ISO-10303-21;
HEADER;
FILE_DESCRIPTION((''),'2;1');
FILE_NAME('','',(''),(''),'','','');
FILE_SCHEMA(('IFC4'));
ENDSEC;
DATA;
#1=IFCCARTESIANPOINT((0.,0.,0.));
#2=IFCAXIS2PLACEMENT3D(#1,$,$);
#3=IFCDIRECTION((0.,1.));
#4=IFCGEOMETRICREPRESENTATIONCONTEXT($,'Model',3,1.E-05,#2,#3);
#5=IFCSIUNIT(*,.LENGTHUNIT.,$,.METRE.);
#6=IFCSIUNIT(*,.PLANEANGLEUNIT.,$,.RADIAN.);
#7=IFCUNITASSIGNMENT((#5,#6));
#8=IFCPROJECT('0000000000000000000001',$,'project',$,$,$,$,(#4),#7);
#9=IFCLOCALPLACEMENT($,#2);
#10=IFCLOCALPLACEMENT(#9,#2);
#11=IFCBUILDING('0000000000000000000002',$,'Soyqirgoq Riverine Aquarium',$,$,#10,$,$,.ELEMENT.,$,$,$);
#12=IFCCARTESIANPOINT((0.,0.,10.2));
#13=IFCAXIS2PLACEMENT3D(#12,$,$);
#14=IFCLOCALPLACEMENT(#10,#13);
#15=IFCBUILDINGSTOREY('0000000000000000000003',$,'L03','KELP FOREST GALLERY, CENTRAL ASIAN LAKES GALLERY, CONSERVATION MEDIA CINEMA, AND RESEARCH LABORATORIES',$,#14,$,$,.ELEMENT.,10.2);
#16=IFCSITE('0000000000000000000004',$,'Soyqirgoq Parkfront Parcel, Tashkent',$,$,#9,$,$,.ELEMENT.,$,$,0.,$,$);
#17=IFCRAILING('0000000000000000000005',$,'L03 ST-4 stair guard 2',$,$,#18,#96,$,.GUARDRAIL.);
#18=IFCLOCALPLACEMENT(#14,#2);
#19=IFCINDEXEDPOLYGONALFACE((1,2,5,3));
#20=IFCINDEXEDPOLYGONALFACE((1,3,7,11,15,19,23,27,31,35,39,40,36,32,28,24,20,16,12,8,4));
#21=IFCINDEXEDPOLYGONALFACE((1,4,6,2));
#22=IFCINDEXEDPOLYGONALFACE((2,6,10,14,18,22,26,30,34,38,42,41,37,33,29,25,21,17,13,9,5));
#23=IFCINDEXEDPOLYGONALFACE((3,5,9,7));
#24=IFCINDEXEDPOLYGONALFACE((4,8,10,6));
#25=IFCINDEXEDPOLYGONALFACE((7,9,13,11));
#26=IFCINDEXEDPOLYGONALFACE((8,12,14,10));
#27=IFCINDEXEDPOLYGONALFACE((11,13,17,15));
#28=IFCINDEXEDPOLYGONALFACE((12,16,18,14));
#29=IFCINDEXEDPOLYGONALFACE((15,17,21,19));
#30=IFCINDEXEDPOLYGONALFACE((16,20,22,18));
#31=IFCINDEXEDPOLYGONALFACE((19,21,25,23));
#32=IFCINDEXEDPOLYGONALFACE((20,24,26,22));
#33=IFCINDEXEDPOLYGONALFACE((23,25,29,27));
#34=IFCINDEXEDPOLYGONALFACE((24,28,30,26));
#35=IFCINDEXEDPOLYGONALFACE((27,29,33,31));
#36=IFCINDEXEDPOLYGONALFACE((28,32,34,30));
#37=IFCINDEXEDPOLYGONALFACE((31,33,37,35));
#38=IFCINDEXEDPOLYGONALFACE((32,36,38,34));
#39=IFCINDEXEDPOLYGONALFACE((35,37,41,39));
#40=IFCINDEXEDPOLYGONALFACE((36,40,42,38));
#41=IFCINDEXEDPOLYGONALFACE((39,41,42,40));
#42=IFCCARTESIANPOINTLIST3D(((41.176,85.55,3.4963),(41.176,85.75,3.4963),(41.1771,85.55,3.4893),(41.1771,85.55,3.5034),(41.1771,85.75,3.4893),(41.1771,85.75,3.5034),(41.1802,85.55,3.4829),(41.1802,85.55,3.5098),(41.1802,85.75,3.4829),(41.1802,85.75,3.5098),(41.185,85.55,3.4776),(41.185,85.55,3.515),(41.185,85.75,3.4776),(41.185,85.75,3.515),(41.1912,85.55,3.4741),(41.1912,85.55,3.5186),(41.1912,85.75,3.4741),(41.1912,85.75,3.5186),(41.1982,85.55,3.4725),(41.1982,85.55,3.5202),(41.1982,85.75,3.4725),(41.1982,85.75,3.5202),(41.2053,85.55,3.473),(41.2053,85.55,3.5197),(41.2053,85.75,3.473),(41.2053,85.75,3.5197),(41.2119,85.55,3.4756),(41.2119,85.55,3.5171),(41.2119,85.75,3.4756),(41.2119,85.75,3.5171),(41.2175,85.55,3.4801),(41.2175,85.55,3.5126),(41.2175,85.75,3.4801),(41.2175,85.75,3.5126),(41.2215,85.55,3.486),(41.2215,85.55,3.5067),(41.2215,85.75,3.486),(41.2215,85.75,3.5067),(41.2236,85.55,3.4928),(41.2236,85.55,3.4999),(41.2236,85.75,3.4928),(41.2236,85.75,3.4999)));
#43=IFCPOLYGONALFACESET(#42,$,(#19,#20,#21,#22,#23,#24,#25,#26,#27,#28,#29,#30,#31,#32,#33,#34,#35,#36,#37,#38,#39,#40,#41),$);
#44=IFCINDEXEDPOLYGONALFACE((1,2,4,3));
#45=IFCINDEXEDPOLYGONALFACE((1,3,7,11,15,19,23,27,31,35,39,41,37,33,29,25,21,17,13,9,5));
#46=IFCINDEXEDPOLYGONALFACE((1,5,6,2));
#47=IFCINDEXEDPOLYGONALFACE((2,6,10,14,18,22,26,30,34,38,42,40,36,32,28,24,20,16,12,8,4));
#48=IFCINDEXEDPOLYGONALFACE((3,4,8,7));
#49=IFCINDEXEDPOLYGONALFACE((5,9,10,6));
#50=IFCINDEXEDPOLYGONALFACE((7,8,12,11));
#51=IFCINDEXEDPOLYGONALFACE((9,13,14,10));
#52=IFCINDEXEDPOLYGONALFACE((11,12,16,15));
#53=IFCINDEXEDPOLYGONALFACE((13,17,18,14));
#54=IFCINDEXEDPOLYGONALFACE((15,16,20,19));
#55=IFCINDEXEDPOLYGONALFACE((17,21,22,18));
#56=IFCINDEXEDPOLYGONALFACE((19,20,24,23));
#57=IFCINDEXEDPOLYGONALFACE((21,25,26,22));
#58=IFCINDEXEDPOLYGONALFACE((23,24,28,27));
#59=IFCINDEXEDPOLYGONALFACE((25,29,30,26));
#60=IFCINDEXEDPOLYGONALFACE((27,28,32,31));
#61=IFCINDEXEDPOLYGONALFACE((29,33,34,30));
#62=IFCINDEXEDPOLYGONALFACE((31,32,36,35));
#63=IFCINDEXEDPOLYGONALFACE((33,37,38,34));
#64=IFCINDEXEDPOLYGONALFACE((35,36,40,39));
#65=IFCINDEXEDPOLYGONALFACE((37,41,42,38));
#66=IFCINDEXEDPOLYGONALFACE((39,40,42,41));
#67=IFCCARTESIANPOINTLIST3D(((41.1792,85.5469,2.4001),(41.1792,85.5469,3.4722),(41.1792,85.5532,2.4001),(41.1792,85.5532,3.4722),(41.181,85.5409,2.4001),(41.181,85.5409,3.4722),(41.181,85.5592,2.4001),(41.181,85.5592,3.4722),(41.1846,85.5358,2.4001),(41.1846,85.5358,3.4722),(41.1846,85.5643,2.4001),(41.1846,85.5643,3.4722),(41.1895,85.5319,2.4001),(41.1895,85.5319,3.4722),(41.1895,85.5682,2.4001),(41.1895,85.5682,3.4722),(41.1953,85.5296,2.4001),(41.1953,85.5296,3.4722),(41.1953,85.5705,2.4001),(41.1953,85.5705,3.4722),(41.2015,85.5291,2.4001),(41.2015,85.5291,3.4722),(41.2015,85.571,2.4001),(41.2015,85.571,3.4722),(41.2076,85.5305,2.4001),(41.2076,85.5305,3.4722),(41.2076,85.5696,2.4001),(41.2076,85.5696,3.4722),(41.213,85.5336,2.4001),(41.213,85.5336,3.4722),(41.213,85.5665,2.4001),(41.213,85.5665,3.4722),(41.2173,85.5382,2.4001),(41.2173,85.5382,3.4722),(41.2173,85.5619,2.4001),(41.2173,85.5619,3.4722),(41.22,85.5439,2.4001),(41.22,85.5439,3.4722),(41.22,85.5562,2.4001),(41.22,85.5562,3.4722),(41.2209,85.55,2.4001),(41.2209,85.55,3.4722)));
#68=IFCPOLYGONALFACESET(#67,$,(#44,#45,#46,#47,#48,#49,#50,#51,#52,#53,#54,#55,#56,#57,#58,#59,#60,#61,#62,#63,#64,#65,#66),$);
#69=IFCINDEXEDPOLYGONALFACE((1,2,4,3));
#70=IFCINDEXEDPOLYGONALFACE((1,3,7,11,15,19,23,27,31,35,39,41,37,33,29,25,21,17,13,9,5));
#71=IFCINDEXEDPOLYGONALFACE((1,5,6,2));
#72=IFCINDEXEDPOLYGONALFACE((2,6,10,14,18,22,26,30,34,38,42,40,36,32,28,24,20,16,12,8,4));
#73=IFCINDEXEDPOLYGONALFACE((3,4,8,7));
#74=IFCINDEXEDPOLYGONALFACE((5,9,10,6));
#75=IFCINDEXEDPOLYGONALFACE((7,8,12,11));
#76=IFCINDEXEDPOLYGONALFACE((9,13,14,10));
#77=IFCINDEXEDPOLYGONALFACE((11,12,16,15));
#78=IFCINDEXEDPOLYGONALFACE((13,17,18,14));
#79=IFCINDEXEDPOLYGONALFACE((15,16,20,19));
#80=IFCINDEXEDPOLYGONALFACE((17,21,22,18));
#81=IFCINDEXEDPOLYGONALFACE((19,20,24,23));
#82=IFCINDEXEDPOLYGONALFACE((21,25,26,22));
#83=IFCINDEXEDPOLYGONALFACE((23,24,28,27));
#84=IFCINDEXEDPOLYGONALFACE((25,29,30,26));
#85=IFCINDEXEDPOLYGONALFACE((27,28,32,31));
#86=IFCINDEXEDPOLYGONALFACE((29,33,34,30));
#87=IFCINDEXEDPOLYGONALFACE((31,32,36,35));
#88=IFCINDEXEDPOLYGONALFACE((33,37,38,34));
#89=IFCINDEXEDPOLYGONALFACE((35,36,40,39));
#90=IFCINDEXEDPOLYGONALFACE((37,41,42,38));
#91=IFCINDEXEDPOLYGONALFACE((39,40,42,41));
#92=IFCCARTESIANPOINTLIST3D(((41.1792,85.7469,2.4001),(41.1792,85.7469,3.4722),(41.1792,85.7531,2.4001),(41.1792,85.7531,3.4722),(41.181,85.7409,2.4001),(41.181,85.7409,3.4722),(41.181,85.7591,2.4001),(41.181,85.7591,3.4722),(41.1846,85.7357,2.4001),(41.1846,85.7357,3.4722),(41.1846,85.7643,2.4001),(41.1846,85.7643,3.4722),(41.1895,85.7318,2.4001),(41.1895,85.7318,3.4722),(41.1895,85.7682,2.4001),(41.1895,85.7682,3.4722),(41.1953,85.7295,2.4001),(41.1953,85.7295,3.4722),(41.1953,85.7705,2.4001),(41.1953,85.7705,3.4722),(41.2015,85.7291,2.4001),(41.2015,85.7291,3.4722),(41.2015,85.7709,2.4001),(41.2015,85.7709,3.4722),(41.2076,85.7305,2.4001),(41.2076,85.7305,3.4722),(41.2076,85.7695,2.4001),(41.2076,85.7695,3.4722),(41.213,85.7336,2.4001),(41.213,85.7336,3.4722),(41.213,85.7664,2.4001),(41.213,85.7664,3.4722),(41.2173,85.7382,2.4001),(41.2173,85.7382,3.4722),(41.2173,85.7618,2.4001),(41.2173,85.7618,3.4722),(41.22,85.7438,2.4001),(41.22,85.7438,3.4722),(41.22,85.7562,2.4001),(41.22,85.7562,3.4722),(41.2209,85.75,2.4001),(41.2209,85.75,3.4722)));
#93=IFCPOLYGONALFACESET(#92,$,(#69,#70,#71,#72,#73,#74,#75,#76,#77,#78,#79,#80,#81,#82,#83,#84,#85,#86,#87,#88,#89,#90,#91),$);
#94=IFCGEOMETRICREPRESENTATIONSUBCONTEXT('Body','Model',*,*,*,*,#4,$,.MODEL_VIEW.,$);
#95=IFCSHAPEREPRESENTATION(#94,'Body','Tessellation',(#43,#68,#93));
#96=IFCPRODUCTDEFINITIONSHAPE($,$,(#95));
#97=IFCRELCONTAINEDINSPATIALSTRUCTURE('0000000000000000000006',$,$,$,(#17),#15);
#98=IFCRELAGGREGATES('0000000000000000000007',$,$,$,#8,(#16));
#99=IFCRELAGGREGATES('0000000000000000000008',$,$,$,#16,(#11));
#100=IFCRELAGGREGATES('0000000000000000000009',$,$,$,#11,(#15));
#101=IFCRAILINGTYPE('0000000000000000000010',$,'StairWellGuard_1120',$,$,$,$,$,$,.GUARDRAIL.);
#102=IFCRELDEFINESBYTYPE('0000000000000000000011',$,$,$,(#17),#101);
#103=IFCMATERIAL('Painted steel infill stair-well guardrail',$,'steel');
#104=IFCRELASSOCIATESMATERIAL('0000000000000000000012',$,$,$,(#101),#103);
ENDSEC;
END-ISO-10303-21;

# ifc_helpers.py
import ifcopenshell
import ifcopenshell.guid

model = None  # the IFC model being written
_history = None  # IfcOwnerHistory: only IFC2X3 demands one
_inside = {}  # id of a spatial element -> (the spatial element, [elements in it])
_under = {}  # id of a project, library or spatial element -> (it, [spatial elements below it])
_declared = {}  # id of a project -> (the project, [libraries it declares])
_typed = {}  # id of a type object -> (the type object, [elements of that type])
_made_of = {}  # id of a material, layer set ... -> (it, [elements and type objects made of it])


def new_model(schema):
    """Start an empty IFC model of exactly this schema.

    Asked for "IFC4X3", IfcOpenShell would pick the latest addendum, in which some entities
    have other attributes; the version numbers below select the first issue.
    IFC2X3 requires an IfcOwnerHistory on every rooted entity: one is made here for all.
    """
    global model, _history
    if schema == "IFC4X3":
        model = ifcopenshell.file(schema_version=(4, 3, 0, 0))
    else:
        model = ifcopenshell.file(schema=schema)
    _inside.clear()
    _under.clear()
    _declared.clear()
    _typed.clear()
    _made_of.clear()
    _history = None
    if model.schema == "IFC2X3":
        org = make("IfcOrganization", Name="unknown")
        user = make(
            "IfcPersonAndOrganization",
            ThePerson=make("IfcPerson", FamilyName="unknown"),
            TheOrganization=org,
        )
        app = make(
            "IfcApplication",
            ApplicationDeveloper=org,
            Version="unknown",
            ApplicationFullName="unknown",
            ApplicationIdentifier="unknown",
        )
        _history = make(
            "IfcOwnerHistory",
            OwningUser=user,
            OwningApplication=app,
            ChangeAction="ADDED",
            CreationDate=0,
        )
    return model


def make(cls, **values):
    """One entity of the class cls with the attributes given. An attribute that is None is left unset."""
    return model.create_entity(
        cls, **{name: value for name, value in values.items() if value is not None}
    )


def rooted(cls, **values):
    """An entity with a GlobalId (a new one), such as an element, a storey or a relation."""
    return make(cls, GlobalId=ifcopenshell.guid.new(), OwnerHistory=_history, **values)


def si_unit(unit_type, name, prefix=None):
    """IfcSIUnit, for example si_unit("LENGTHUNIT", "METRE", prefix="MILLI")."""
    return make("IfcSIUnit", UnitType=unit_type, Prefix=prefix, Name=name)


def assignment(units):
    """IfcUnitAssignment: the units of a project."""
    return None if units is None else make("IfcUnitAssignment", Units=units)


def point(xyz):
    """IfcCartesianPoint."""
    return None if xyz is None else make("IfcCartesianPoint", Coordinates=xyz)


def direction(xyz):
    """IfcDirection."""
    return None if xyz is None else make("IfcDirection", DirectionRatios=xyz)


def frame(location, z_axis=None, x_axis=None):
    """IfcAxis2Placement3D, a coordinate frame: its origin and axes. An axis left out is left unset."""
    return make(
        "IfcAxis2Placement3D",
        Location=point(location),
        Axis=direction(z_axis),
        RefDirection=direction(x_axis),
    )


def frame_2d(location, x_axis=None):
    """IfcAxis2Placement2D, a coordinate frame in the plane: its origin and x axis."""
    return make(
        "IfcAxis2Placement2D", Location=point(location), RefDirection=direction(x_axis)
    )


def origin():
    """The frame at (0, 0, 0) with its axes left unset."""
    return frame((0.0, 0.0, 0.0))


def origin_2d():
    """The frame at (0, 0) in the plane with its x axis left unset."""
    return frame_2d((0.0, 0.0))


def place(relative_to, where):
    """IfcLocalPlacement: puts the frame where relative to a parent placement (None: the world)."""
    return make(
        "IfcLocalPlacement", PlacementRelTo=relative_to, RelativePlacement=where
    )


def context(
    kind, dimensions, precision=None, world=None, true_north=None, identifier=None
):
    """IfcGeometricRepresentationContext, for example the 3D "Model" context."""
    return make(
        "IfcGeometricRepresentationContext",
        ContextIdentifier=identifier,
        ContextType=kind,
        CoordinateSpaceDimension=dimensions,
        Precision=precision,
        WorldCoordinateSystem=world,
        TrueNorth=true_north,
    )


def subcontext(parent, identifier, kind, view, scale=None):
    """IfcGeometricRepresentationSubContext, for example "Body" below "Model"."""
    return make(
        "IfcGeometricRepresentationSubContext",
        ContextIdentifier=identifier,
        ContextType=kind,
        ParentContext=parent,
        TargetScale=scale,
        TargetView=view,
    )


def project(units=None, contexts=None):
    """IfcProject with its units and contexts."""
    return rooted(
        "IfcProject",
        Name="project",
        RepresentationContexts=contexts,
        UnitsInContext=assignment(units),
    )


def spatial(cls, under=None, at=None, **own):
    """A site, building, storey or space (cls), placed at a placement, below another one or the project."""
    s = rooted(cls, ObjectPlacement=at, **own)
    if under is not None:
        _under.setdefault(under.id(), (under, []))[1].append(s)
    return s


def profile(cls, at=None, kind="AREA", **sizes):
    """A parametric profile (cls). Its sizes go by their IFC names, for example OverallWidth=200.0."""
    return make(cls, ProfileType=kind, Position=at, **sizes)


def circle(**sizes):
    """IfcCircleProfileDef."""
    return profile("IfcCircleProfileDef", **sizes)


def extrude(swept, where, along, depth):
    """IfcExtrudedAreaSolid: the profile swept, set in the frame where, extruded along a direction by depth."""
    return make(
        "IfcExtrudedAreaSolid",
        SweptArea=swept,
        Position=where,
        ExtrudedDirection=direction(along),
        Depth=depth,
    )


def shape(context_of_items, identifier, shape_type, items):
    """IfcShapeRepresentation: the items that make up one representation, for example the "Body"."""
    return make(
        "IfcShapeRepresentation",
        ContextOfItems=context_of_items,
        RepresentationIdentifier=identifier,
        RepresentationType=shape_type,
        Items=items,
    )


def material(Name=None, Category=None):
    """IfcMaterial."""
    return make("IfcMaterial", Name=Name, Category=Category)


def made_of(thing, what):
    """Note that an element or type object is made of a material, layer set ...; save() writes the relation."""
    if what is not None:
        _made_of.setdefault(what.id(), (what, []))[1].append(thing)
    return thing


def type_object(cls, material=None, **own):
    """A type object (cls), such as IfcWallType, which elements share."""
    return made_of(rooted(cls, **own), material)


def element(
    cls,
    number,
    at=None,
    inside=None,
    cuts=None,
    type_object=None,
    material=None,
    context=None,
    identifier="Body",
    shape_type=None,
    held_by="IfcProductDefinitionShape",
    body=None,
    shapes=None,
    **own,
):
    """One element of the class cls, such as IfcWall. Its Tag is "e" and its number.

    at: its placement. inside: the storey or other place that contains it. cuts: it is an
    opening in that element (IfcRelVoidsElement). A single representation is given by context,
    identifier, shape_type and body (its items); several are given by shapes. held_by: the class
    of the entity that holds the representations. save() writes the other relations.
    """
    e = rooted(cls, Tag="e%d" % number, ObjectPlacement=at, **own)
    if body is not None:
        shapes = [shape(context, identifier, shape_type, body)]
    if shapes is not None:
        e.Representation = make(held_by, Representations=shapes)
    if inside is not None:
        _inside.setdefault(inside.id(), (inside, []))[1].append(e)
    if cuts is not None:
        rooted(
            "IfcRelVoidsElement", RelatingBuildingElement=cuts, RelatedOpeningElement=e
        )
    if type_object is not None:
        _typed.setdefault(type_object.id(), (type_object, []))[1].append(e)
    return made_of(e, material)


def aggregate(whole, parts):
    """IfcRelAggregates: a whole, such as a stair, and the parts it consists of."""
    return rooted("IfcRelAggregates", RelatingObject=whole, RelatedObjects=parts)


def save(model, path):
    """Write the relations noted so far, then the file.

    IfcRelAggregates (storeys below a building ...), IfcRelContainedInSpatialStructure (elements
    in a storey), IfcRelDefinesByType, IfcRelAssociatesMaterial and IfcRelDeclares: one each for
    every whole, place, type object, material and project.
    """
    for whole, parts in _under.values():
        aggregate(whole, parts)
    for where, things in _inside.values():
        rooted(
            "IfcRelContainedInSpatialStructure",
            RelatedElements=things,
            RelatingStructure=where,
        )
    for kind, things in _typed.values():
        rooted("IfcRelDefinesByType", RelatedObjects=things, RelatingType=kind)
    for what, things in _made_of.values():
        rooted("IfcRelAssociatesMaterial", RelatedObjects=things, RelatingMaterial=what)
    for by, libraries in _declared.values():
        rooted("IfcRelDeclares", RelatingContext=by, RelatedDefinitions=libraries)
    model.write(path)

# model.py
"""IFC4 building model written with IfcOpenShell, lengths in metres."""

from ifc_helpers import new_model, si_unit, direction, frame, origin, origin_2d, place, context, subcontext, project, spatial, circle, extrude, material, type_object, element, save


model = new_model("IFC4")

# Units and contexts
model_context = context("Model", 3, precision=1e-05, world=origin(), true_north=direction((0.0, 1.0)))
body_context = subcontext(model_context, "Body", "Model", "MODEL_VIEW")
ifc_project = project(units=[si_unit("LENGTHUNIT", "METRE"), si_unit("PLANEANGLEUNIT", "RADIAN")], contexts=[model_context])

# Site, building, storey
site_placement = place(None, origin())
site = spatial("IfcSite", under=ifc_project, at=site_placement, Name="Soyqirgoq Parkfront Parcel, Tashkent", CompositionType="ELEMENT", RefElevation=0.0)
building_placement = place(site_placement, origin())
building = spatial("IfcBuilding", under=site, at=building_placement, Name="Soyqirgoq Riverine Aquarium", CompositionType="ELEMENT")
storey_placement = place(building_placement, frame((0.0, 0.0, 10.2)))
storey = spatial("IfcBuildingStorey", under=building, at=storey_placement, Name="L03", Description="KELP FOREST GALLERY, CENTRAL ASIAN LAKES GALLERY, CONSERVATION MEDIA CINEMA, AND RESEARCH LABORATORIES", CompositionType="ELEMENT", Elevation=10.2)

# Railing
ifc_material_1 = material(Name="Painted steel infill stair-well guardrail", Category="steel")
railing_type_1 = type_object("IfcRailingType", Name="StairWellGuard_1120", PredefinedType="GUARDRAIL", material=ifc_material_1)
railing_1_placement = place(storey_placement, frame((41.2, 85.55, 2.4001)))
element("IfcRailing", 1, at=railing_1_placement, inside=storey, type_object=railing_type_1, Name="L03 ST-4 stair guard 2", PredefinedType="GUARDRAIL", context=body_context, shape_type="SweptSolid", body=[
    extrude(circle(Radius=0.0239, at=origin_2d()), frame((0.0, 0.0, 1.0962), z_axis=(0.0, 1.0, 0.0), x_axis=(-1.0, 0.0, 0.0)), (0.0, 0.0, 1.0), 0.2),
    extrude(circle(Radius=0.021, at=origin_2d()), origin(), (0.0, 0.0, 1.0), 1.072),
    extrude(circle(Radius=0.021, at=origin_2d()), frame((0.0, 0.2, 0.0)), (0.0, 0.0, 1.0), 1.072),
])

save(model, "model.ifc")
